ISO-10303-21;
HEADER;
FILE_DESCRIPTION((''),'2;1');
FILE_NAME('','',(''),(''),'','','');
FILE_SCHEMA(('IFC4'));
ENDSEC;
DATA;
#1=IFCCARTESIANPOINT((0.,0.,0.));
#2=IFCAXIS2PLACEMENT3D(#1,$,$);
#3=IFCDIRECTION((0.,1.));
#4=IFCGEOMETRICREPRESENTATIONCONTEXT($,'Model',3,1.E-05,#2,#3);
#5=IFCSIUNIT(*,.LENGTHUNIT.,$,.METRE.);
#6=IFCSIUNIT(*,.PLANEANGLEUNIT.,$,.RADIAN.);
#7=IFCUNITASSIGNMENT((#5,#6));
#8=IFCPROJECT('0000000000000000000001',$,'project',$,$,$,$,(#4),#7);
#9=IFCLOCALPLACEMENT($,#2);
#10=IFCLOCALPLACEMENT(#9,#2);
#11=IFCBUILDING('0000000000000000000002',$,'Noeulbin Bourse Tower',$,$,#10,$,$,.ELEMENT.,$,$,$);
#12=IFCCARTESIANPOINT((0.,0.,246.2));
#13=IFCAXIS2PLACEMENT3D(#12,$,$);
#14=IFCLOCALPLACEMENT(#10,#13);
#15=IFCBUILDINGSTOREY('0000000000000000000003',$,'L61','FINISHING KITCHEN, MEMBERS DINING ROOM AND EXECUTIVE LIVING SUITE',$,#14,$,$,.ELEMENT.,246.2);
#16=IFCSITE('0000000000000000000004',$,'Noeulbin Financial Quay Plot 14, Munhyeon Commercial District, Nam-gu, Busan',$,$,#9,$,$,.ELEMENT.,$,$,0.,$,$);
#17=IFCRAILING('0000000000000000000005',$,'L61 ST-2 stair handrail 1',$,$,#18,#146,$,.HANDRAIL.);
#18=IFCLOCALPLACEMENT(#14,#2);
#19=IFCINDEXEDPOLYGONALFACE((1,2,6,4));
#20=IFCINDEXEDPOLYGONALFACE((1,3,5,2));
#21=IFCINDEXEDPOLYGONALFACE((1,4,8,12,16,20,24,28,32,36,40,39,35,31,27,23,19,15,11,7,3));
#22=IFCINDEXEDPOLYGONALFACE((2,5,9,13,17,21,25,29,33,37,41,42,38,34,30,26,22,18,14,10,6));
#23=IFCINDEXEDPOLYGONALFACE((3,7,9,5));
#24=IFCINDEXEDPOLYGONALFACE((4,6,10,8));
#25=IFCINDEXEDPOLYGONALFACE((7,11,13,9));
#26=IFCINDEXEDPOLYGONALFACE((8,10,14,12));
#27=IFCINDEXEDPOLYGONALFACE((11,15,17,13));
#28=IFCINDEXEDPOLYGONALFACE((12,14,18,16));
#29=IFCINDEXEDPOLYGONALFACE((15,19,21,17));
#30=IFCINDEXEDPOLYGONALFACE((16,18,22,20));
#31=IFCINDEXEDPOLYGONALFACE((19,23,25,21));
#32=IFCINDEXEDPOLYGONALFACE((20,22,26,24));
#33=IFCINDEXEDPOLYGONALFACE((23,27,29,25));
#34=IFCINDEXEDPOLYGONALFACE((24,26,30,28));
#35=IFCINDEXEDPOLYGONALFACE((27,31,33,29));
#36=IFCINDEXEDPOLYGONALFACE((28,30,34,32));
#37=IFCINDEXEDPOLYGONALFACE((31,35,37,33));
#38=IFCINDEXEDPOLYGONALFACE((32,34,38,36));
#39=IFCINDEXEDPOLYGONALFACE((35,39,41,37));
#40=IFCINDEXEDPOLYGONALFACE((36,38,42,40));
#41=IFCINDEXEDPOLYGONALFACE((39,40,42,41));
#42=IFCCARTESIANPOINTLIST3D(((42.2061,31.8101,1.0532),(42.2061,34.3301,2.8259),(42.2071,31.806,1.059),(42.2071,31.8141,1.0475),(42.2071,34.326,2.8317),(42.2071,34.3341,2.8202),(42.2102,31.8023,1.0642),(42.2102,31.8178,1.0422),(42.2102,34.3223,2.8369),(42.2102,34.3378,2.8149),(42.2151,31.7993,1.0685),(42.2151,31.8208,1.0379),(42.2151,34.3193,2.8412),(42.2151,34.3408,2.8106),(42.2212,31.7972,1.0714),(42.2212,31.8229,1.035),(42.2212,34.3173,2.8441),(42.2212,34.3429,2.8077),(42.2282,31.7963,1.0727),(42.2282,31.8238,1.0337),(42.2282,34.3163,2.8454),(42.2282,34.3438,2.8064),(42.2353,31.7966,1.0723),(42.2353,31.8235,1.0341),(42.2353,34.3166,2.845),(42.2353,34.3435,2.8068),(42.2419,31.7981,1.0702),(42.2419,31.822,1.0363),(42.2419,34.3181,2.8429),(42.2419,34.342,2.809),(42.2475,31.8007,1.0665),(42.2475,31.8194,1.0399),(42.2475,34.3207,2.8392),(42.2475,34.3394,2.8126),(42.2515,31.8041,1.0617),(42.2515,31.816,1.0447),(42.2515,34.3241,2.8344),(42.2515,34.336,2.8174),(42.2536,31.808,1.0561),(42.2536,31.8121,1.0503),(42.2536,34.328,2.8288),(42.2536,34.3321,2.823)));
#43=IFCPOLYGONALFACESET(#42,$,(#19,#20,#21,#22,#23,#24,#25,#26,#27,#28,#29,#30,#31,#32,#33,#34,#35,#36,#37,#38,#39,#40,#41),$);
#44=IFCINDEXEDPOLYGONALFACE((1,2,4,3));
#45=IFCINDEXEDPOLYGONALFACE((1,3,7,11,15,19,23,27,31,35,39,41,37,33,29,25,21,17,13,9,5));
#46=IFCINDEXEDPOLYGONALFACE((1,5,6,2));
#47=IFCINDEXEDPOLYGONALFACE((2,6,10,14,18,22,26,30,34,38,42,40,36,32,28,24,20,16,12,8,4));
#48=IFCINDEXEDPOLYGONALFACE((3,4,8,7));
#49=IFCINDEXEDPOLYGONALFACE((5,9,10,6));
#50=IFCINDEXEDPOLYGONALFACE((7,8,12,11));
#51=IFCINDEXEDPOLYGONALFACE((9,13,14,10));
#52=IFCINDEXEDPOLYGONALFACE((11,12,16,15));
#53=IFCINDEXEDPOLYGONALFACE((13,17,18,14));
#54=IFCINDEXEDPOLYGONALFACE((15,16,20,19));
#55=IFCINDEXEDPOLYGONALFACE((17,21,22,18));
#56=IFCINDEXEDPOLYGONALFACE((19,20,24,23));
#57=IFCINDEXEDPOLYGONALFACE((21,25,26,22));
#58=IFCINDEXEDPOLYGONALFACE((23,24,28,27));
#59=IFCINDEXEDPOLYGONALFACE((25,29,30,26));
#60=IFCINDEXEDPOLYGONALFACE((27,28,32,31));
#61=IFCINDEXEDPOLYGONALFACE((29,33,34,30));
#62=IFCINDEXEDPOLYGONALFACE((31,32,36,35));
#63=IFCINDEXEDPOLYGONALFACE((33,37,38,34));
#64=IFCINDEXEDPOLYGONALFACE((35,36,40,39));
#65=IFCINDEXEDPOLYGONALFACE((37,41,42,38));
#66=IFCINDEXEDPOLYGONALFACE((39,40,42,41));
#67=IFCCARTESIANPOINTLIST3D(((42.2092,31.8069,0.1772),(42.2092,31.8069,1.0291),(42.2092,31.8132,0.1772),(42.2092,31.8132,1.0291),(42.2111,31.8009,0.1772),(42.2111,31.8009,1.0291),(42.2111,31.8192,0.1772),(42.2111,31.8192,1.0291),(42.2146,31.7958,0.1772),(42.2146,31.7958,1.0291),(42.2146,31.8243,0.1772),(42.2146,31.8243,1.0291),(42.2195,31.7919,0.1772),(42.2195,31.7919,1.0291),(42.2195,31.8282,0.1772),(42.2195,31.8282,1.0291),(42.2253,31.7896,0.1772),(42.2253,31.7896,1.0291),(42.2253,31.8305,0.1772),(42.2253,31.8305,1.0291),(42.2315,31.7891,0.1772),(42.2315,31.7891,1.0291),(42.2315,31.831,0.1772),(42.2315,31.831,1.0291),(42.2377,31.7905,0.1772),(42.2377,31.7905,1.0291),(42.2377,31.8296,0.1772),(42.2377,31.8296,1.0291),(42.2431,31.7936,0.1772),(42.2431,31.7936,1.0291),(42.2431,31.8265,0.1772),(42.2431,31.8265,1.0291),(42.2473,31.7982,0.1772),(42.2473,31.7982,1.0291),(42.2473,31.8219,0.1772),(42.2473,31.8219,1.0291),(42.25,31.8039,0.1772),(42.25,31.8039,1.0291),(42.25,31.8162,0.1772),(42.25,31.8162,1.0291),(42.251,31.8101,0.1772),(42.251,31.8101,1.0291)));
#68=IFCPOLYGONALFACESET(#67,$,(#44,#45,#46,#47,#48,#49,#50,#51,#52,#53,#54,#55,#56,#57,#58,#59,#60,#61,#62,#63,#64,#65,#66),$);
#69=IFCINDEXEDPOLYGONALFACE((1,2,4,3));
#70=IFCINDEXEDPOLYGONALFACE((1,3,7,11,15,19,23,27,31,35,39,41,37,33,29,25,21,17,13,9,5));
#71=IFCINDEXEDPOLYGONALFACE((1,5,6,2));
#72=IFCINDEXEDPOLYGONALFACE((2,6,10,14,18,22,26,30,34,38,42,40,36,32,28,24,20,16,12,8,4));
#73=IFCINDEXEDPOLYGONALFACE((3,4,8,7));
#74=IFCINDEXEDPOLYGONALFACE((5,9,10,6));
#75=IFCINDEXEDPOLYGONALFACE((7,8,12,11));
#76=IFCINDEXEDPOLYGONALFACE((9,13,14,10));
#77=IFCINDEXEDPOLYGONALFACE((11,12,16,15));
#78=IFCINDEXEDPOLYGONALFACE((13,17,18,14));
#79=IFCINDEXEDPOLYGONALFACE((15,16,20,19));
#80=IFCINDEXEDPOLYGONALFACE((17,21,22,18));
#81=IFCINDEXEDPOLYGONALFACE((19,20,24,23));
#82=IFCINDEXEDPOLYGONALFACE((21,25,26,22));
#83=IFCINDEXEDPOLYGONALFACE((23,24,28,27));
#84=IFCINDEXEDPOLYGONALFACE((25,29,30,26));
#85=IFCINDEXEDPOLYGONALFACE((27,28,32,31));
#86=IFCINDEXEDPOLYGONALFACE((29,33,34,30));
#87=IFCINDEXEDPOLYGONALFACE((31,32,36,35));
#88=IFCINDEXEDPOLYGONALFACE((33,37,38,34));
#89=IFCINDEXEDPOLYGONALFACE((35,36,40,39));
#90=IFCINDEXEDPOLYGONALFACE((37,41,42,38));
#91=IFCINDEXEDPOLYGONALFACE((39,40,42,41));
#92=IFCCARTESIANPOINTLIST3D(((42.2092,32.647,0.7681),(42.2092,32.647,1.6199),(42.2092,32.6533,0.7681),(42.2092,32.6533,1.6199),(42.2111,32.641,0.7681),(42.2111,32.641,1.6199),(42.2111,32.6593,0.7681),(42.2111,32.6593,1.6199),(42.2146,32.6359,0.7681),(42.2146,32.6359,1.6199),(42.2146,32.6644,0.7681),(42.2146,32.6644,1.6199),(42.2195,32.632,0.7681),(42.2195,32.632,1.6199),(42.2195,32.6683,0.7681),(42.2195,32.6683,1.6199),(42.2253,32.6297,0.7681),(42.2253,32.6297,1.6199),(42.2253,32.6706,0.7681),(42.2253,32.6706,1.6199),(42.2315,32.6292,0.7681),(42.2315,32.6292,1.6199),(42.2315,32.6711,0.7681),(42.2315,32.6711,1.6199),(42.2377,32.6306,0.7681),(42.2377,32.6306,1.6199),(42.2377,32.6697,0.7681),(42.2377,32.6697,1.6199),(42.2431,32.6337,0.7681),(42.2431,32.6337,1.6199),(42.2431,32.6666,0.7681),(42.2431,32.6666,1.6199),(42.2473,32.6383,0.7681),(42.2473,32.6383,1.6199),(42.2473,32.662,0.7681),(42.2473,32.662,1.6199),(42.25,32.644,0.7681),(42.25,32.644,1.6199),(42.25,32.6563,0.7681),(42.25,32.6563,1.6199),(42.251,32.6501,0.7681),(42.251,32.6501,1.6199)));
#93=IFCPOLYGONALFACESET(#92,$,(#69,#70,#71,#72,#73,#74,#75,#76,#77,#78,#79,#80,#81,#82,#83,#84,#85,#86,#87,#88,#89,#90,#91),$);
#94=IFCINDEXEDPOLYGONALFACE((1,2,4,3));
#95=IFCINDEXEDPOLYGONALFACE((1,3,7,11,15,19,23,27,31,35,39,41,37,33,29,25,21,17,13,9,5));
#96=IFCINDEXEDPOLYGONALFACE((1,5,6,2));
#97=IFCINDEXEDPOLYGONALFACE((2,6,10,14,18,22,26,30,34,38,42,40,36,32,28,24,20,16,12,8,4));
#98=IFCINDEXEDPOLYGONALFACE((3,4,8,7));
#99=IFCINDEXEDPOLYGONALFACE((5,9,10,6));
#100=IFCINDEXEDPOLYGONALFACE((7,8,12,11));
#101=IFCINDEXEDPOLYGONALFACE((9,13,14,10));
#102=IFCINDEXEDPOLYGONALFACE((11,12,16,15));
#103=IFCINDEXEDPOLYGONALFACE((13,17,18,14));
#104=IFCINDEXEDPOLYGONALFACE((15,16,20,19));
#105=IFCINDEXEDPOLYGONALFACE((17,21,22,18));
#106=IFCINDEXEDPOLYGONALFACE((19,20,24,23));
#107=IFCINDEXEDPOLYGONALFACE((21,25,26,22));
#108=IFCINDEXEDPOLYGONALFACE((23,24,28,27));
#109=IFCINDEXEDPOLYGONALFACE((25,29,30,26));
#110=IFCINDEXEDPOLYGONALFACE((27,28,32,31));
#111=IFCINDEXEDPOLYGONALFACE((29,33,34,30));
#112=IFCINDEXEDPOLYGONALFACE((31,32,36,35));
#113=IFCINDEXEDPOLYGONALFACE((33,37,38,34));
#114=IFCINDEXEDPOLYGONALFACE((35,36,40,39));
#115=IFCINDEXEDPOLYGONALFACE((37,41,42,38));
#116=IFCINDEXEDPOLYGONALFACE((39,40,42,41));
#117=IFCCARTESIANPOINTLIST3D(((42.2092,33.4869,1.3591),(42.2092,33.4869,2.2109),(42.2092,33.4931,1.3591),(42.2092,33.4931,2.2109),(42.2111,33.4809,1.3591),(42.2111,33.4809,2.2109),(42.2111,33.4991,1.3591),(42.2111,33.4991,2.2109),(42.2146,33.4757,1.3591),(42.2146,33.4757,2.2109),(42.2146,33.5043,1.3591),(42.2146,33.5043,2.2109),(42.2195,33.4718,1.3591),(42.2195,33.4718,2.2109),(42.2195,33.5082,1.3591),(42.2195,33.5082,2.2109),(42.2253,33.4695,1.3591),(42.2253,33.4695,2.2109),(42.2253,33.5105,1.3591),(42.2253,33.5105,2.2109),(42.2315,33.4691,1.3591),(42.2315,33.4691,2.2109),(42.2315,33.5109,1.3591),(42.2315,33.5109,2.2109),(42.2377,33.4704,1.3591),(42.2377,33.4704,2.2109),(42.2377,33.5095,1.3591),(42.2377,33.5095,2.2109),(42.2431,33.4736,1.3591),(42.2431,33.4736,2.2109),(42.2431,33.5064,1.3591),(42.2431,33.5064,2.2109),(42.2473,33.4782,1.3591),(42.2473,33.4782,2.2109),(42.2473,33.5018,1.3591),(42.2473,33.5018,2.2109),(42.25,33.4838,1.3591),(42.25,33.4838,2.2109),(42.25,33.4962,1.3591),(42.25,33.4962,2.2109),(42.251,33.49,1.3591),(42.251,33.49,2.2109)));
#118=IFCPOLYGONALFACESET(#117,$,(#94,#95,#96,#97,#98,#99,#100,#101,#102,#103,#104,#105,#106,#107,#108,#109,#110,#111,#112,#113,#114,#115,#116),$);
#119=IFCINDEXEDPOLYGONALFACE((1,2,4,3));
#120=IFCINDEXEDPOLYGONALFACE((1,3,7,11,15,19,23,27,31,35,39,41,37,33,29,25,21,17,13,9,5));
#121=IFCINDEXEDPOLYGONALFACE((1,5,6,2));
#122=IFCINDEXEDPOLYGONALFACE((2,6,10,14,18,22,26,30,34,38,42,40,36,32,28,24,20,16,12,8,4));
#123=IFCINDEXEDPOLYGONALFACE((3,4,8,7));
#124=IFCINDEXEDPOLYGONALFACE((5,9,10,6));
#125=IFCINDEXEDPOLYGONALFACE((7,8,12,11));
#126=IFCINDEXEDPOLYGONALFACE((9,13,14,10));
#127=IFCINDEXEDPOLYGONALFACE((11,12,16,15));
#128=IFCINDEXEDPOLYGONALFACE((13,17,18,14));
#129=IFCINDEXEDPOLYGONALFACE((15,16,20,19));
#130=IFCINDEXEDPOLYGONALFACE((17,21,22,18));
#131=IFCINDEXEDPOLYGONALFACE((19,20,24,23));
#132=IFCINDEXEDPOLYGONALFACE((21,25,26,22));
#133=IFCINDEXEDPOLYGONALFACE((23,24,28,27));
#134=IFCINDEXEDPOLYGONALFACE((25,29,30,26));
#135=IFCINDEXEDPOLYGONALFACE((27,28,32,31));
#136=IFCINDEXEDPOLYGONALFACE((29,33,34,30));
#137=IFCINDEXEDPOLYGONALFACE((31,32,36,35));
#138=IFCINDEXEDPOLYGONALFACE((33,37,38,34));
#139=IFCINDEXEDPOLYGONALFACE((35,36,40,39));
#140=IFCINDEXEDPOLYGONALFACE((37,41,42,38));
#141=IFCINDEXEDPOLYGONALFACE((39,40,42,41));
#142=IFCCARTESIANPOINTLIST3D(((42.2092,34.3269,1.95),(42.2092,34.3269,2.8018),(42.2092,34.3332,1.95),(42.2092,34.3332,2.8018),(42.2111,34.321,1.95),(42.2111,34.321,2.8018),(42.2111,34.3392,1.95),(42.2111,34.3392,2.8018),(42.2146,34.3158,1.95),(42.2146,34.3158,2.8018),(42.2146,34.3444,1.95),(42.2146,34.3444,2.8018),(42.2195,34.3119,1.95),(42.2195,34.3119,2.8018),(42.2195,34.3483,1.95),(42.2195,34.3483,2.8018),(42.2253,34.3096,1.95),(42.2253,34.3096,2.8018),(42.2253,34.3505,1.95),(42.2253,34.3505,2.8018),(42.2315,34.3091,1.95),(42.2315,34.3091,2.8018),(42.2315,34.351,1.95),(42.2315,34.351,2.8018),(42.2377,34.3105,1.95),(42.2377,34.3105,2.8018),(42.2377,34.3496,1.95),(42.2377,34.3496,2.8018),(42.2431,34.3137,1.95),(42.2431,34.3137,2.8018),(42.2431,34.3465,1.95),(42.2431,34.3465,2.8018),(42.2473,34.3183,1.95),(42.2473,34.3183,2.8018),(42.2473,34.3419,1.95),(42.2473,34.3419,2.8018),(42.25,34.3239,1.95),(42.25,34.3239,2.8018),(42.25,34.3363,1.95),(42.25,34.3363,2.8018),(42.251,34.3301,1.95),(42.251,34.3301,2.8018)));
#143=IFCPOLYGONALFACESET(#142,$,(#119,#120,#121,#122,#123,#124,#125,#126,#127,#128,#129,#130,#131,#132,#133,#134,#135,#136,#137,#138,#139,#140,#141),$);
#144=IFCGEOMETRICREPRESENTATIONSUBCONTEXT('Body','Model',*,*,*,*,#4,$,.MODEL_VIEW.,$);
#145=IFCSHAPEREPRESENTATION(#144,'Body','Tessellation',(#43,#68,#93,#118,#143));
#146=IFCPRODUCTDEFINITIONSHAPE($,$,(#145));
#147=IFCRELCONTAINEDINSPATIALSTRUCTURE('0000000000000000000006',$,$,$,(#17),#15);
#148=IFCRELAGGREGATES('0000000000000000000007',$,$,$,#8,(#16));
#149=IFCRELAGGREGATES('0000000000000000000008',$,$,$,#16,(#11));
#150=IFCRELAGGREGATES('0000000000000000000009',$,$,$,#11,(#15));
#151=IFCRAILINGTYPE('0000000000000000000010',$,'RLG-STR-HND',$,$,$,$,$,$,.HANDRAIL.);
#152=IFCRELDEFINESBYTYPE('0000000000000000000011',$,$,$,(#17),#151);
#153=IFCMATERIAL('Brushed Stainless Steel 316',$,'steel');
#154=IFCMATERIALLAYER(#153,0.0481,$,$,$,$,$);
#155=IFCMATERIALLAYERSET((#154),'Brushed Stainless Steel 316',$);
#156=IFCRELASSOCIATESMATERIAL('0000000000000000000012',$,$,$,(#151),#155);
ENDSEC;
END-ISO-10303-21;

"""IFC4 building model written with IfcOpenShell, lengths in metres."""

from ifc_helpers import new_model, si_unit, direction, frame, origin, origin_2d, place, context, subcontext, project, spatial, circle, extrude, material, layer, layer_set, type_object, element, save


model = new_model("IFC4")

# Units and contexts
model_context = context("Model", 3, precision=1e-05, world=origin(), true_north=direction((0.0, 1.0)))
body_context = subcontext(model_context, "Body", "Model", "MODEL_VIEW")
ifc_project = project(units=[si_unit("LENGTHUNIT", "METRE"), si_unit("PLANEANGLEUNIT", "RADIAN")], contexts=[model_context])

# Site, building, storey
site_placement = place(None, origin())
site = spatial("IfcSite", under=ifc_project, at=site_placement, Name="Noeulbin Financial Quay Plot 14, Munhyeon Commercial District, Nam-gu, Busan", CompositionType="ELEMENT", RefElevation=0.0)
building_placement = place(site_placement, origin())
building = spatial("IfcBuilding", under=site, at=building_placement, Name="Noeulbin Bourse Tower", CompositionType="ELEMENT")
storey_placement = place(building_placement, frame((0.0, 0.0, 246.2)))
storey = spatial("IfcBuildingStorey", under=building, at=storey_placement, Name="L61", Description="FINISHING KITCHEN, MEMBERS DINING ROOM AND EXECUTIVE LIVING SUITE", CompositionType="ELEMENT", Elevation=246.2)

# Railing
ifc_material_1 = material(Name="Brushed Stainless Steel 316", Category="steel")
ifc_layer_1 = layer(ifc_material_1, 0.0481)
ifc_layer_set_1 = layer_set([ifc_layer_1], Name="Brushed Stainless Steel 316")
railing_type_1 = type_object("IfcRailingType", Name="RLG-STR-HND", PredefinedType="HANDRAIL", material=ifc_layer_set_1)
railing_1_placement = place(storey_placement, frame((42.23, 31.8101, 0.1772)))
element("IfcRailing", 1, at=railing_1_placement, inside=storey, type_object=railing_type_1, Name="L61 ST-2 stair handrail 1", PredefinedType="HANDRAIL", context=body_context, shape_type="SweptSolid", body=[
    extrude(circle(Radius=0.0239, at=origin_2d()), frame((0.0, 0.0, 0.876), z_axis=(0.0, 0.817904, 0.575354), x_axis=(-1.0, 0.0, 0.0)), (0.0, 0.0, 1.0), 3.0811),
    extrude(circle(Radius=0.021, at=origin_2d()), origin(), (0.0, 0.0, 1.0), 0.8518),
    extrude(circle(Radius=0.021, at=origin_2d()), frame((0.0, 0.8401, 0.5908)), (0.0, 0.0, 1.0), 0.8518),
    extrude(circle(Radius=0.021, at=origin_2d()), frame((0.0, 1.6799, 1.1819)), (0.0, 0.0, 1.0), 0.8518),
    extrude(circle(Radius=0.021, at=origin_2d()), frame((0.0, 2.52, 1.7727)), (0.0, 0.0, 1.0), 0.8518),
])

save(model, "model.ifc")
